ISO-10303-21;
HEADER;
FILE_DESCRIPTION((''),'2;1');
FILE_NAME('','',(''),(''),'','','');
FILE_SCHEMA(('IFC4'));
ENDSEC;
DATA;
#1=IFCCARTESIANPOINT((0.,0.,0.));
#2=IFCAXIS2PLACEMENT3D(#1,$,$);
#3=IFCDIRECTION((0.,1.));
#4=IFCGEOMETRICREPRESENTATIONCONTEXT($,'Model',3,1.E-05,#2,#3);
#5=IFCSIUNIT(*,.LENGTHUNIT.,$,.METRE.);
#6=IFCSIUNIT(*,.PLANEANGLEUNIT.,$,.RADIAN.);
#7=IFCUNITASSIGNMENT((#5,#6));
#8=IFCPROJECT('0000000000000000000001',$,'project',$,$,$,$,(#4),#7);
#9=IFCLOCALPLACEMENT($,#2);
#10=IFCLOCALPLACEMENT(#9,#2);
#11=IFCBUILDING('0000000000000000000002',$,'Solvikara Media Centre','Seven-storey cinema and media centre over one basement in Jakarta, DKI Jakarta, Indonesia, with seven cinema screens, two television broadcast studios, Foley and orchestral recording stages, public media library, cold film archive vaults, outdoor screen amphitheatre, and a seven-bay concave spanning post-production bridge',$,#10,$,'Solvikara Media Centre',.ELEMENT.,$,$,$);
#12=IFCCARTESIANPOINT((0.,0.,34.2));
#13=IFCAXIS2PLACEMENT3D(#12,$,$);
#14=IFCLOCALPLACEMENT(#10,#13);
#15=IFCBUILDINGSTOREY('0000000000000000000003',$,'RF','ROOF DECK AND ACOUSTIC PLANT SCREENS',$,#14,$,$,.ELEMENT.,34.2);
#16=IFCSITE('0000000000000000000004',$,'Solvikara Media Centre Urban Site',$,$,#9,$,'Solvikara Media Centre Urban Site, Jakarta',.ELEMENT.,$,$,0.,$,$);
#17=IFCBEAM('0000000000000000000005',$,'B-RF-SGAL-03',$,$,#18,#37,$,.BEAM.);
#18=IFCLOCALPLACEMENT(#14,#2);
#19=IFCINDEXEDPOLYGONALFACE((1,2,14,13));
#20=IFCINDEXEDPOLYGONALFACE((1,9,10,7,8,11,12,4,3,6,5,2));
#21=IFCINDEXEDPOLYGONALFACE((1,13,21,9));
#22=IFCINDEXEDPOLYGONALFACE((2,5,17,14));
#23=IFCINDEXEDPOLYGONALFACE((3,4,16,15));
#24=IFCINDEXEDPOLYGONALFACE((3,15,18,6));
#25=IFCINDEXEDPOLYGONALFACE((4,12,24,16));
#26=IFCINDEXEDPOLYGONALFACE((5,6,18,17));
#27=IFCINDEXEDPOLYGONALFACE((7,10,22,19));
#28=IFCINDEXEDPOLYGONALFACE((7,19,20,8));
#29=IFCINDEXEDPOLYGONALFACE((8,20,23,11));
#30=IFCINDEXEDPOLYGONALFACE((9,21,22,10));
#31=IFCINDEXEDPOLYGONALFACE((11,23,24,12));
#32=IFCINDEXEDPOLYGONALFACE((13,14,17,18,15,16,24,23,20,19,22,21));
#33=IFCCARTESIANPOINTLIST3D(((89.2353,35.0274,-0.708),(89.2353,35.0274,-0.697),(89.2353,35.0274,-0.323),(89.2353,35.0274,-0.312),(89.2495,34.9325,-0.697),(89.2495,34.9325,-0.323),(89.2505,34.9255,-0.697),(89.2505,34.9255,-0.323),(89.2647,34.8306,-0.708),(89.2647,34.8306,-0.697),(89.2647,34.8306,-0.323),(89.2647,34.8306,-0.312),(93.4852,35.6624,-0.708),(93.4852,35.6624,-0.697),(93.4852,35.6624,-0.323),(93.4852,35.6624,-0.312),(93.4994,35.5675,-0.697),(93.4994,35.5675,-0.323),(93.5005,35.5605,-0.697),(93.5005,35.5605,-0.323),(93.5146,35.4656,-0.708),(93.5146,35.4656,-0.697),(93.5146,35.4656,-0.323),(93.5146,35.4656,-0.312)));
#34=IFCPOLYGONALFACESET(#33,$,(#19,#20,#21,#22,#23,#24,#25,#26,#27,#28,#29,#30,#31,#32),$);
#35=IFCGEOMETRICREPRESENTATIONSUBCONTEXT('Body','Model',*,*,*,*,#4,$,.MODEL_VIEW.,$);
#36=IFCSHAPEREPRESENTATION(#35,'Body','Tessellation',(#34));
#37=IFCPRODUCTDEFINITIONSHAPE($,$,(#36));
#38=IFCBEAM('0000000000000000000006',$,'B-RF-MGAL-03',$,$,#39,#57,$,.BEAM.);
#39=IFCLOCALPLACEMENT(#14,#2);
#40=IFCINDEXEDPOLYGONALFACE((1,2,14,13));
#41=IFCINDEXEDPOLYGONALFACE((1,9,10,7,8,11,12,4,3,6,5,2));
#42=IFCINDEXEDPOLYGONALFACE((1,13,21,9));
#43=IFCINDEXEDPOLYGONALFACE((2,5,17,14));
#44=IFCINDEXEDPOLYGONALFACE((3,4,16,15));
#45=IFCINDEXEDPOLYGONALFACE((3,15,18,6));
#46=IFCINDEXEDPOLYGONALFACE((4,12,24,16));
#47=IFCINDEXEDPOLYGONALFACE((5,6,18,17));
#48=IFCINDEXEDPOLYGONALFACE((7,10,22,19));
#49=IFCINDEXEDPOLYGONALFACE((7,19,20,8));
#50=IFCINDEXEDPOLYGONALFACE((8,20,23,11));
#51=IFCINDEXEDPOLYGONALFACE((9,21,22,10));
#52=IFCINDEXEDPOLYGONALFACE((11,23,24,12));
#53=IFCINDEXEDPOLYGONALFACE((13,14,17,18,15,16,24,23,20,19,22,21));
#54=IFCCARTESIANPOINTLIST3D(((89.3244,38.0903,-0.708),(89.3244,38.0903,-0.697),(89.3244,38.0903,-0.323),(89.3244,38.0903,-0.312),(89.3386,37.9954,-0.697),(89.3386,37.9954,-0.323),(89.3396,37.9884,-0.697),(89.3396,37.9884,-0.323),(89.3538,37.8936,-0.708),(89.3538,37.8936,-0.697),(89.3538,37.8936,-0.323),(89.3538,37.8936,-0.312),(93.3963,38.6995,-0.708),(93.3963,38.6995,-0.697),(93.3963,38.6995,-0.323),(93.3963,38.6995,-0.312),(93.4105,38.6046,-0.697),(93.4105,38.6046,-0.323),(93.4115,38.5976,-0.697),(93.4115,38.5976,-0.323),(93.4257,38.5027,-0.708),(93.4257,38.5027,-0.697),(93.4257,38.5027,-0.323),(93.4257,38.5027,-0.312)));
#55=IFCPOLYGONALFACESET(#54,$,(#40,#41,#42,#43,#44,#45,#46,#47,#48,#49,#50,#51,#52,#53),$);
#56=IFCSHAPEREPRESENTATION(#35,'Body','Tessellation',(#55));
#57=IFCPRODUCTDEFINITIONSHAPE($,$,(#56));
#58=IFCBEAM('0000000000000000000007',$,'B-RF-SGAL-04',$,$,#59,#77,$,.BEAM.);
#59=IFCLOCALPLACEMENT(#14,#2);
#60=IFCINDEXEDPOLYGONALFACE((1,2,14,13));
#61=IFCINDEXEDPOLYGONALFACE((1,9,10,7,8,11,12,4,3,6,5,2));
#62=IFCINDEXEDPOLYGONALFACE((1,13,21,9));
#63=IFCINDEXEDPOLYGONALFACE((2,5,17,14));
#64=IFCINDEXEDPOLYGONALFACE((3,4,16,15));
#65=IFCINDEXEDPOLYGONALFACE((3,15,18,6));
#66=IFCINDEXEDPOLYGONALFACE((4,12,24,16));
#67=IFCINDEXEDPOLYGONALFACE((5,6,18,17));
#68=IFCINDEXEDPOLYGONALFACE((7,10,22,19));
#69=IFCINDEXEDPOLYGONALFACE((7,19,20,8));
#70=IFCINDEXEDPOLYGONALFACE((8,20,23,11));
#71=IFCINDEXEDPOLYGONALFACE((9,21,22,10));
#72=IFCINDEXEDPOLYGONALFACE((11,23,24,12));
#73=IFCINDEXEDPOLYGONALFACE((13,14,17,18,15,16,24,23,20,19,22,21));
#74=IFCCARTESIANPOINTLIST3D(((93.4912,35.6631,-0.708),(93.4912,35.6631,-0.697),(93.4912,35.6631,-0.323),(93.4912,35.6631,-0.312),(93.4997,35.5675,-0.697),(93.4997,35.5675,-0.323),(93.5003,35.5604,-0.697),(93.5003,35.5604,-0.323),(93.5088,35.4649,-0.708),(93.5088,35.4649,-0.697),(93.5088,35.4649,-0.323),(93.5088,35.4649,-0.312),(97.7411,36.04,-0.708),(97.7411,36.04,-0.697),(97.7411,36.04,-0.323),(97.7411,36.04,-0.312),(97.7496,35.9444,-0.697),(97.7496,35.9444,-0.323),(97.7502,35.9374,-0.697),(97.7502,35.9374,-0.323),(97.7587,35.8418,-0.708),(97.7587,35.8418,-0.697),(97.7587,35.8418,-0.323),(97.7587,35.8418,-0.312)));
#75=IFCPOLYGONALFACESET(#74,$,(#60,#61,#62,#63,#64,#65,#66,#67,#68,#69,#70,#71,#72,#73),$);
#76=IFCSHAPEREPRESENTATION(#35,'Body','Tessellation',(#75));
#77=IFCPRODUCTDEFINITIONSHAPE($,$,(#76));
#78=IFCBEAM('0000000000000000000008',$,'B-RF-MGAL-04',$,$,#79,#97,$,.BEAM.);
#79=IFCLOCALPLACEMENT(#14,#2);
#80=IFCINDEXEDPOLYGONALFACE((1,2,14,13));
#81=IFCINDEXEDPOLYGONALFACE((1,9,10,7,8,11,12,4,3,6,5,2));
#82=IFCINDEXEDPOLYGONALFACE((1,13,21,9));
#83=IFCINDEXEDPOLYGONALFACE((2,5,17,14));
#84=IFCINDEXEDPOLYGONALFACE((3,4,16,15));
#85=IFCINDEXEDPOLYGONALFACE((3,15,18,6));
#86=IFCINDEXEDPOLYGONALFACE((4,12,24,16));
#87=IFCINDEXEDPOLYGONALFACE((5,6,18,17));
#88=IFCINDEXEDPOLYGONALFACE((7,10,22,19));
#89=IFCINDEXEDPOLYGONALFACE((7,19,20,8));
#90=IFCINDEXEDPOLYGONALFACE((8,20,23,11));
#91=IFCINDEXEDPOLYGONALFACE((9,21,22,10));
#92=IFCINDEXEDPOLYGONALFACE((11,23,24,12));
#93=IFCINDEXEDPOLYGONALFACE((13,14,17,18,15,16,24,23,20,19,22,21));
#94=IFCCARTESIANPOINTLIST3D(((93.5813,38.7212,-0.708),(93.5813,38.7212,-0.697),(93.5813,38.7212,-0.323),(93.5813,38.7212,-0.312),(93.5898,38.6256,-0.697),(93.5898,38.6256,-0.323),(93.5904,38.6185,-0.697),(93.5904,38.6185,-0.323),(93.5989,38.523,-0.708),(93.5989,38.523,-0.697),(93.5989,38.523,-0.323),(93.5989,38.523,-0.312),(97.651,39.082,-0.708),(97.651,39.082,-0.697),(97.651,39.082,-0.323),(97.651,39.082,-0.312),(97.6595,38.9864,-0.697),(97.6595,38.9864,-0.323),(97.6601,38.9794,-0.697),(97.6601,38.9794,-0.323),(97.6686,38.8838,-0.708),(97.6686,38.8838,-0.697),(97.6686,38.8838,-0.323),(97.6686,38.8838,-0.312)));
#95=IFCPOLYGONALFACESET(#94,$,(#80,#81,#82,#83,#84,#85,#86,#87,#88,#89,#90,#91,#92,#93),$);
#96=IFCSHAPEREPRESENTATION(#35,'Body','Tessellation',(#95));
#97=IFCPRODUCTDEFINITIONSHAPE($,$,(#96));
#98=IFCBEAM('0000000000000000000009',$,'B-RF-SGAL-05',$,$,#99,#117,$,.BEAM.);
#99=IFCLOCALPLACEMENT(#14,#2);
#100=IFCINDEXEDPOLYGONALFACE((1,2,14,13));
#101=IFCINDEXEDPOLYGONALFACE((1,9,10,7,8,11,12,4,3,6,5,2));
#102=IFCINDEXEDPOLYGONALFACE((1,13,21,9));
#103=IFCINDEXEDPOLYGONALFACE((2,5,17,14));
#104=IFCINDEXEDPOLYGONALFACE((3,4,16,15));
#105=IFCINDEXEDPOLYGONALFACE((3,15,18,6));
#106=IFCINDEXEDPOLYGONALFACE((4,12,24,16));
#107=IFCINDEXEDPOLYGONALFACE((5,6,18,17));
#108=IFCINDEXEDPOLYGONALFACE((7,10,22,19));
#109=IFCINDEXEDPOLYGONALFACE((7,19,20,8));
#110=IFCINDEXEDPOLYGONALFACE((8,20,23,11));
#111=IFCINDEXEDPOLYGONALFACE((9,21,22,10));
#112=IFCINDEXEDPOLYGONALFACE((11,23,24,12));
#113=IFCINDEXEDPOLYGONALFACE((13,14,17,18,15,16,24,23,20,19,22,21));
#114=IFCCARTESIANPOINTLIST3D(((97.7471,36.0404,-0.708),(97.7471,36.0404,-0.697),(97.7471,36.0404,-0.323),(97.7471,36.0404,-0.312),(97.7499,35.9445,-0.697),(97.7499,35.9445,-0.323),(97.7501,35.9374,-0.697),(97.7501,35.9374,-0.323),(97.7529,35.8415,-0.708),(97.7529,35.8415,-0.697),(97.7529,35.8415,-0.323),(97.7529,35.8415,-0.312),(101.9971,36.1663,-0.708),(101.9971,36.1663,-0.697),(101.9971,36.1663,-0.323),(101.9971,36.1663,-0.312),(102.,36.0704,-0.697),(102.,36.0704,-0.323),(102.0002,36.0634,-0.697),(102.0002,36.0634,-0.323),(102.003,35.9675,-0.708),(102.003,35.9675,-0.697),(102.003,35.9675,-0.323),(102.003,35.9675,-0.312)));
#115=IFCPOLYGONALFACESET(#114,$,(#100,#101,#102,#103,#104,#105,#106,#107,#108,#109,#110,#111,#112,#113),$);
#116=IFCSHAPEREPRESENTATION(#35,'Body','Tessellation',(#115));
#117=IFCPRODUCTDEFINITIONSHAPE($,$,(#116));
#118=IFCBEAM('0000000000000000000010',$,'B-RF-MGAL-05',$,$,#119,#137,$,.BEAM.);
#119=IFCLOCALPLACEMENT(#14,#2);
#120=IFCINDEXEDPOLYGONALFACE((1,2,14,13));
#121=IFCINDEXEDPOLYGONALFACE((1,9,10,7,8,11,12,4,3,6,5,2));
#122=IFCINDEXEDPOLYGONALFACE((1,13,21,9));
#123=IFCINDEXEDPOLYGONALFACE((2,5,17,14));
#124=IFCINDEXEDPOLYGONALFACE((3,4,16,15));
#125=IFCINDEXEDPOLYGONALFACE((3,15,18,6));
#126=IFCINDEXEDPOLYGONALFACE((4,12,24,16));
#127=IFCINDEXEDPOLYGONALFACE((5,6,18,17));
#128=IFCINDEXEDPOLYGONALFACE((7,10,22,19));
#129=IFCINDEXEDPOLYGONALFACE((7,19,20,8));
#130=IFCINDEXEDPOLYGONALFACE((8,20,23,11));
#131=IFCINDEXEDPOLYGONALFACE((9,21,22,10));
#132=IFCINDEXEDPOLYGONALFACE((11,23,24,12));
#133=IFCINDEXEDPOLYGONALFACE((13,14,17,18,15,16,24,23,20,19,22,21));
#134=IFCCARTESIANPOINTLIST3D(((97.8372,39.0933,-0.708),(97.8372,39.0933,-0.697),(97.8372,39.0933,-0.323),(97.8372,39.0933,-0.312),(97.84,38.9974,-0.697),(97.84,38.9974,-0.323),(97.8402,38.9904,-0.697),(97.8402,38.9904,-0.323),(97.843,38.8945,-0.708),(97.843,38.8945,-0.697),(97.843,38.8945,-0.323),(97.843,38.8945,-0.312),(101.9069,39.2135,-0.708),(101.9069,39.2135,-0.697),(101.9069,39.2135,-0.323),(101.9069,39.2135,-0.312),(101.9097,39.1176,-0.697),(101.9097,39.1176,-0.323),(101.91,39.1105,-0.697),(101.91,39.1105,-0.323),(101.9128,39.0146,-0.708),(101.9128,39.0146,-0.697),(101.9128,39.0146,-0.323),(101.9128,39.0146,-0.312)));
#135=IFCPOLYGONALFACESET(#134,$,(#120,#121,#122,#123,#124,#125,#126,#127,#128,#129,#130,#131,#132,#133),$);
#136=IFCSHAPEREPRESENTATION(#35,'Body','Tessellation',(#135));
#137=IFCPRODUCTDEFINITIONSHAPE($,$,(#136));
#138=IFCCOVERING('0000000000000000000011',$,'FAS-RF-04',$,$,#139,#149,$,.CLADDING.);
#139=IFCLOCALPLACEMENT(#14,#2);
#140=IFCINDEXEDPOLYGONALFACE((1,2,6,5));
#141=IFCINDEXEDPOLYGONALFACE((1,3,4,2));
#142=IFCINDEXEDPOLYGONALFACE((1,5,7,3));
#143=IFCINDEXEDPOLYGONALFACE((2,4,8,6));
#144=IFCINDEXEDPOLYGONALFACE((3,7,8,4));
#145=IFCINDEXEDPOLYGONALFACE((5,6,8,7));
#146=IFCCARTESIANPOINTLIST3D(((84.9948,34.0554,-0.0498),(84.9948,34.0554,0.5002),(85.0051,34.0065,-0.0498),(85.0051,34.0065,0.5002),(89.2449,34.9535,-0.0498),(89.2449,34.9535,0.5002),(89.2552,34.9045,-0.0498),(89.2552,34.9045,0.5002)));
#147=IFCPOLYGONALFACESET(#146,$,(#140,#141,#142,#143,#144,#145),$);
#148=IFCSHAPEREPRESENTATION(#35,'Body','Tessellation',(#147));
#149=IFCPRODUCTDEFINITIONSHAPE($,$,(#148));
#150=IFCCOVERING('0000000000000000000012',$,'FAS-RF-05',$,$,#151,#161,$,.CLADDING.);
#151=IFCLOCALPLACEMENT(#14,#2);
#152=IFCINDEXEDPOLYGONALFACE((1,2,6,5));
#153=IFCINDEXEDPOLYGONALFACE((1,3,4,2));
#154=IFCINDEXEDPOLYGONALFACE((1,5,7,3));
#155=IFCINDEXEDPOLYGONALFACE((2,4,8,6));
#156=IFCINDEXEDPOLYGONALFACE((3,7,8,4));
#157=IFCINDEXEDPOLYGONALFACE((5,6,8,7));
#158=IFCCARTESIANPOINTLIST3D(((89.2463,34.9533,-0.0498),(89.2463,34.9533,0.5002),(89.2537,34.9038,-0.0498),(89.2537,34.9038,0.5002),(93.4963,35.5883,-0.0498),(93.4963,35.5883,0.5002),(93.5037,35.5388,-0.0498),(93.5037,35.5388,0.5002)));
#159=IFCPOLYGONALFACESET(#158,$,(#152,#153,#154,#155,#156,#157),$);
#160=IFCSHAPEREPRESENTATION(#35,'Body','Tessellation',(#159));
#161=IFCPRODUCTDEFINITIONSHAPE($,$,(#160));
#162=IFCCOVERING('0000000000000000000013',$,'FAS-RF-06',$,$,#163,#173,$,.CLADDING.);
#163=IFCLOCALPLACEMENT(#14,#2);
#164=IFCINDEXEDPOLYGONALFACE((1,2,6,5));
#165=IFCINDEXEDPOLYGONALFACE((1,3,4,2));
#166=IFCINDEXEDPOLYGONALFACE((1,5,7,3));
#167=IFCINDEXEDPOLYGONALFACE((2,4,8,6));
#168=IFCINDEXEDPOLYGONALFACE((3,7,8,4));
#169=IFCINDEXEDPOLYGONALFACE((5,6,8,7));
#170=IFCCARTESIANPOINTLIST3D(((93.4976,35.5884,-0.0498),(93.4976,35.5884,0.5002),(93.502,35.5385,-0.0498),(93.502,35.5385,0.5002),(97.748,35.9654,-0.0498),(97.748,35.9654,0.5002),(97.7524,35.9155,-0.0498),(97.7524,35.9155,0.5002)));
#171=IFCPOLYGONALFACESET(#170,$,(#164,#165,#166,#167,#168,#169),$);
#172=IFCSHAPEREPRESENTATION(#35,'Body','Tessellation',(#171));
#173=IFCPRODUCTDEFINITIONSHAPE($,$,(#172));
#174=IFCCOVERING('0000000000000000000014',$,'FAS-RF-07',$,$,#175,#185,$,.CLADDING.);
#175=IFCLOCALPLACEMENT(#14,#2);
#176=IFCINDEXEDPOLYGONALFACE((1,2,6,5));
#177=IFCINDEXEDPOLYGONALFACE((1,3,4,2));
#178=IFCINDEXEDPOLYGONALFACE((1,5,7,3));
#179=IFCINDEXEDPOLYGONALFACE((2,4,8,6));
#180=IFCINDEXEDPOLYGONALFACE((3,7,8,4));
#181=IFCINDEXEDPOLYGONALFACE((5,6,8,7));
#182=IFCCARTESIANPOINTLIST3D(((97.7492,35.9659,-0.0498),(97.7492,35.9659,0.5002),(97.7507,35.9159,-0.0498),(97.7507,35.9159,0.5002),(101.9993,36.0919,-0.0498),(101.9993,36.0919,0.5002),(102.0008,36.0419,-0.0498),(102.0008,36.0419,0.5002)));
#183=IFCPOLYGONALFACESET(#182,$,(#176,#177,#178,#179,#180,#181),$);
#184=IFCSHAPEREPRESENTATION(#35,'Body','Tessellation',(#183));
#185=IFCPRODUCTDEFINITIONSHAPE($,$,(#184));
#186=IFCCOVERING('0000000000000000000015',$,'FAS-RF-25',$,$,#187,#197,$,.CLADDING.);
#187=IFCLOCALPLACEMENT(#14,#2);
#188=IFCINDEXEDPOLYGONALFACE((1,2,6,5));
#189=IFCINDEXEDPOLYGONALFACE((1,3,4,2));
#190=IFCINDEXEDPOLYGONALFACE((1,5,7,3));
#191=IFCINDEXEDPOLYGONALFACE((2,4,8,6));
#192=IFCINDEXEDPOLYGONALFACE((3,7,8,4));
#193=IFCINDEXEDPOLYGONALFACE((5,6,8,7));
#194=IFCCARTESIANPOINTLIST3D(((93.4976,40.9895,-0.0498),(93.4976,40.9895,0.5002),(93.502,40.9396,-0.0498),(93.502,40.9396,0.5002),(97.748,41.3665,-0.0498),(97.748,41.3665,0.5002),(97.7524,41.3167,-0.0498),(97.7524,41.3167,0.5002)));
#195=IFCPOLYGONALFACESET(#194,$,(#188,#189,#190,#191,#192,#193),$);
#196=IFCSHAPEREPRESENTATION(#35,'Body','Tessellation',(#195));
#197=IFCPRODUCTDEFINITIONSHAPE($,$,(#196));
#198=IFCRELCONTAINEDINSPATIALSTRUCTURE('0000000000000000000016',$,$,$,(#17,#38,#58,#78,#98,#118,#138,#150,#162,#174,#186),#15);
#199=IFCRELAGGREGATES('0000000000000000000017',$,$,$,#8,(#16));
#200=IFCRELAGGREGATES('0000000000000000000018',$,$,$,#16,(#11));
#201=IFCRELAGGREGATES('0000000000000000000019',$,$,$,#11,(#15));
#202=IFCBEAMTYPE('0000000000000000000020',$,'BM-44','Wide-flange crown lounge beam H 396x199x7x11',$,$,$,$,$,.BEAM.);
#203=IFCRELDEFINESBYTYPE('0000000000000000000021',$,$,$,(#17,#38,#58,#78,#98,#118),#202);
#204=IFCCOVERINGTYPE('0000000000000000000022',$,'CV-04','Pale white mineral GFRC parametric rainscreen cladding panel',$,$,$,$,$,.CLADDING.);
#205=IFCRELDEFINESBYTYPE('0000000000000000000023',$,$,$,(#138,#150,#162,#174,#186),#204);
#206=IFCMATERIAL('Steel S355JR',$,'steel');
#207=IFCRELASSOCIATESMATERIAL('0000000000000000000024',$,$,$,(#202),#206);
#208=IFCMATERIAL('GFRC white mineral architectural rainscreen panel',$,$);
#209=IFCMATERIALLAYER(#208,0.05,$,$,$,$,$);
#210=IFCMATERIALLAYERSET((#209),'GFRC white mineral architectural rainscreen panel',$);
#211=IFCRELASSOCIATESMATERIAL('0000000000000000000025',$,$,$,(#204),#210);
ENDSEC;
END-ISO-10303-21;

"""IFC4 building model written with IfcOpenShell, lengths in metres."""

from ifc_helpers import new_model, si_unit, direction, frame, origin, origin_2d, place, context, subcontext, project, spatial, rectangle, i_section, extrude, material, layer, layer_set, material_profile, profile_set, type_object, element, save


model = new_model("IFC4")

# Units and contexts
model_context = context("Model", 3, precision=1e-05, world=origin(), true_north=direction((0.0, 1.0)))
body_context = subcontext(model_context, "Body", "Model", "MODEL_VIEW")
ifc_project = project(units=[si_unit("LENGTHUNIT", "METRE"), si_unit("PLANEANGLEUNIT", "RADIAN")], contexts=[model_context])

# Site, building, storey
site_placement = place(None, origin())
site = spatial("IfcSite", under=ifc_project, at=site_placement, Name="Solvikara Media Centre Urban Site", LongName="Solvikara Media Centre Urban Site, Jakarta", CompositionType="ELEMENT", RefElevation=0.0)
building_placement = place(site_placement, origin())
building = spatial("IfcBuilding", under=site, at=building_placement, Name="Solvikara Media Centre", Description="Seven-storey cinema and media centre over one basement in Jakarta, DKI Jakarta, Indonesia, with seven cinema screens, two television broadcast studios, Foley and orchestral recording stages, public media library, cold film archive vaults, outdoor screen amphitheatre, and a seven-bay concave spanning post-production bridge", LongName="Solvikara Media Centre", CompositionType="ELEMENT")
storey_placement = place(building_placement, frame((0.0, 0.0, 34.2)))
storey = spatial("IfcBuildingStorey", under=building, at=storey_placement, Name="RF", Description="ROOF DECK AND ACOUSTIC PLANT SCREENS", CompositionType="ELEMENT", Elevation=34.2)

# Beams
ifc_material_1 = material(Name="Steel S355JR", Category="steel")
ifc_material_profile_1 = material_profile(ifc_material_1, i_section(OverallWidth=0.199, OverallDepth=0.396, WebThickness=0.0071, FlangeThickness=0.011, at=origin_2d()), Name="H 396x199x7x11")
ifc_profile_set_1 = profile_set([ifc_material_profile_1], Name="Steel S355JR")
beam_type_1 = type_object("IfcBeamType", Name="BM-44", Description="Wide-flange crown lounge beam H 396x199x7x11", PredefinedType="BEAM", material=ifc_profile_set_1)
beam_1_placement = place(storey_placement, frame((89.25, 34.929, -0.51), z_axis=(0.989021, 0.147774, 0.0), x_axis=(-0.147774, 0.989021, 0.0)))
element("IfcBeam", 1, at=beam_1_placement, inside=storey, type_object=beam_type_1, Name="B-RF-SGAL-03", PredefinedType="BEAM", context=body_context, shape_type="SweptSolid", body=[
    extrude(i_section(OverallWidth=0.199, OverallDepth=0.396, WebThickness=0.0071, FlangeThickness=0.011, at=origin_2d()), origin(), (0.0, 0.0, 1.0), 4.2971),
])
beam_2_placement = place(storey_placement, frame((89.3391, 37.9919, -0.51), z_axis=(0.988995, 0.147952, 0.0), x_axis=(-0.147952, 0.988995, 0.0)))
element("IfcBeam", 2, at=beam_2_placement, inside=storey, type_object=beam_type_1, Name="B-RF-MGAL-03", PredefinedType="BEAM", context=body_context, shape_type="SweptSolid", body=[
    extrude(i_section(OverallWidth=0.199, OverallDepth=0.396, WebThickness=0.0071, FlangeThickness=0.011, at=origin_2d()), origin(), (0.0, 0.0, 1.0), 4.1172),
])
beam_3_placement = place(storey_placement, frame((93.5, 35.564, -0.51), z_axis=(0.99609, 0.088348, 0.0), x_axis=(-0.088348, 0.99609, 0.0)))
element("IfcBeam", 3, at=beam_3_placement, inside=storey, type_object=beam_type_1, Name="B-RF-SGAL-04", PredefinedType="BEAM", context=body_context, shape_type="SweptSolid", body=[
    extrude(i_section(OverallWidth=0.199, OverallDepth=0.396, WebThickness=0.0071, FlangeThickness=0.011, at=origin_2d()), origin(), (0.0, 0.0, 1.0), 4.2666),
])
beam_4_placement = place(storey_placement, frame((93.5901, 38.6221, -0.51), z_axis=(0.996093, 0.088316, 0.0), x_axis=(-0.088316, 0.996093, 0.0)))
element("IfcBeam", 4, at=beam_4_placement, inside=storey, type_object=beam_type_1, Name="B-RF-MGAL-04", PredefinedType="BEAM", context=body_context, shape_type="SweptSolid", body=[
    extrude(i_section(OverallWidth=0.199, OverallDepth=0.396, WebThickness=0.0071, FlangeThickness=0.011, at=origin_2d()), origin(), (0.0, 0.0, 1.0), 4.0857),
])
beam_5_placement = place(storey_placement, frame((97.75, 35.9409, -0.51), z_axis=(0.999561, 0.029629, 0.0), x_axis=(-0.029629, 0.999561, 0.0)))
element("IfcBeam", 5, at=beam_5_placement, inside=storey, type_object=beam_type_1, Name="B-RF-SGAL-05", PredefinedType="BEAM", context=body_context, shape_type="SweptSolid", body=[
    extrude(i_section(OverallWidth=0.199, OverallDepth=0.396, WebThickness=0.0071, FlangeThickness=0.011, at=origin_2d()), origin(), (0.0, 0.0, 1.0), 4.252),
])
beam_6_placement = place(storey_placement, frame((97.8401, 38.9939, -0.51), z_axis=(0.999565, 0.029501, 0.0), x_axis=(-0.029501, 0.999565, 0.0)))
element("IfcBeam", 6, at=beam_6_placement, inside=storey, type_object=beam_type_1, Name="B-RF-MGAL-05", PredefinedType="BEAM", context=body_context, shape_type="SweptSolid", body=[
    extrude(i_section(OverallWidth=0.199, OverallDepth=0.396, WebThickness=0.0071, FlangeThickness=0.011, at=origin_2d()), origin(), (0.0, 0.0, 1.0), 4.0715),
])

# Coverings
ifc_material_2 = material(Name="GFRC white mineral architectural rainscreen panel")
ifc_layer = layer(ifc_material_2, 0.05)
ifc_layer_set = layer_set([ifc_layer], Name="GFRC white mineral architectural rainscreen panel")
covering_type = type_object("IfcCoveringType", Name="CV-04", Description="Pale white mineral GFRC parametric rainscreen cladding panel", PredefinedType="CLADDING", material=ifc_layer_set)
covering_1_placement = place(storey_placement, frame((87.125, 34.48, -0.0498), z_axis=(0.0, 0.0, 1.0), x_axis=(0.978397, 0.206734, 0.0)))
element("IfcCovering", 7, at=covering_1_placement, inside=storey, type_object=covering_type, Name="FAS-RF-04", PredefinedType="CLADDING", context=body_context, shape_type="SweptSolid", body=[
    extrude(rectangle(XDim=4.344, YDim=0.05, at=origin_2d()), origin(), (0.0, 0.0, 1.0), 0.55),
])
covering_2_placement = place(storey_placement, frame((91.375, 35.2461, -0.0498), z_axis=(0.0, 0.0, 1.0), x_axis=(0.989021, 0.147775, 0.0)))
element("IfcCovering", 8, at=covering_2_placement, inside=storey, type_object=covering_type, Name="FAS-RF-05", PredefinedType="CLADDING", context=body_context, shape_type="SweptSolid", body=[
    extrude(rectangle(XDim=4.2971, YDim=0.05, at=origin_2d()), origin(), (0.0, 0.0, 1.0), 0.55),
])
covering_3_placement = place(storey_placement, frame((95.625, 35.752, -0.0498), z_axis=(0.0, 0.0, 1.0), x_axis=(0.996089, 0.088355, 0.0)))
element("IfcCovering", 9, at=covering_3_placement, inside=storey, type_object=covering_type, Name="FAS-RF-06", PredefinedType="CLADDING", context=body_context, shape_type="SweptSolid", body=[
    extrude(rectangle(XDim=4.2671, YDim=0.05, at=origin_2d()), origin(), (0.0, 0.0, 1.0), 0.55),
])
covering_4_placement = place(storey_placement, frame((99.875, 36.0039, -0.0498), z_axis=(0.0, 0.0, 1.0), x_axis=(0.999561, 0.029631, 0.0)))
element("IfcCovering", 10, at=covering_4_placement, inside=storey, type_object=covering_type, Name="FAS-RF-07", PredefinedType="CLADDING", context=body_context, shape_type="SweptSolid", body=[
    extrude(rectangle(XDim=4.252, YDim=0.05, at=origin_2d()), origin(), (0.0, 0.0, 1.0), 0.55),
])
covering_5_placement = place(storey_placement, frame((95.625, 41.1531, -0.0498), z_axis=(0.0, 0.0, 1.0), x_axis=(-0.996089, -0.088355, 0.0)))
element("IfcCovering", 11, at=covering_5_placement, inside=storey, type_object=covering_type, Name="FAS-RF-25", PredefinedType="CLADDING", context=body_context, shape_type="SweptSolid", body=[
    extrude(rectangle(XDim=4.2671, YDim=0.05, at=origin_2d()), origin(), (0.0, 0.0, 1.0), 0.55),
])

save(model, "model.ifc")
